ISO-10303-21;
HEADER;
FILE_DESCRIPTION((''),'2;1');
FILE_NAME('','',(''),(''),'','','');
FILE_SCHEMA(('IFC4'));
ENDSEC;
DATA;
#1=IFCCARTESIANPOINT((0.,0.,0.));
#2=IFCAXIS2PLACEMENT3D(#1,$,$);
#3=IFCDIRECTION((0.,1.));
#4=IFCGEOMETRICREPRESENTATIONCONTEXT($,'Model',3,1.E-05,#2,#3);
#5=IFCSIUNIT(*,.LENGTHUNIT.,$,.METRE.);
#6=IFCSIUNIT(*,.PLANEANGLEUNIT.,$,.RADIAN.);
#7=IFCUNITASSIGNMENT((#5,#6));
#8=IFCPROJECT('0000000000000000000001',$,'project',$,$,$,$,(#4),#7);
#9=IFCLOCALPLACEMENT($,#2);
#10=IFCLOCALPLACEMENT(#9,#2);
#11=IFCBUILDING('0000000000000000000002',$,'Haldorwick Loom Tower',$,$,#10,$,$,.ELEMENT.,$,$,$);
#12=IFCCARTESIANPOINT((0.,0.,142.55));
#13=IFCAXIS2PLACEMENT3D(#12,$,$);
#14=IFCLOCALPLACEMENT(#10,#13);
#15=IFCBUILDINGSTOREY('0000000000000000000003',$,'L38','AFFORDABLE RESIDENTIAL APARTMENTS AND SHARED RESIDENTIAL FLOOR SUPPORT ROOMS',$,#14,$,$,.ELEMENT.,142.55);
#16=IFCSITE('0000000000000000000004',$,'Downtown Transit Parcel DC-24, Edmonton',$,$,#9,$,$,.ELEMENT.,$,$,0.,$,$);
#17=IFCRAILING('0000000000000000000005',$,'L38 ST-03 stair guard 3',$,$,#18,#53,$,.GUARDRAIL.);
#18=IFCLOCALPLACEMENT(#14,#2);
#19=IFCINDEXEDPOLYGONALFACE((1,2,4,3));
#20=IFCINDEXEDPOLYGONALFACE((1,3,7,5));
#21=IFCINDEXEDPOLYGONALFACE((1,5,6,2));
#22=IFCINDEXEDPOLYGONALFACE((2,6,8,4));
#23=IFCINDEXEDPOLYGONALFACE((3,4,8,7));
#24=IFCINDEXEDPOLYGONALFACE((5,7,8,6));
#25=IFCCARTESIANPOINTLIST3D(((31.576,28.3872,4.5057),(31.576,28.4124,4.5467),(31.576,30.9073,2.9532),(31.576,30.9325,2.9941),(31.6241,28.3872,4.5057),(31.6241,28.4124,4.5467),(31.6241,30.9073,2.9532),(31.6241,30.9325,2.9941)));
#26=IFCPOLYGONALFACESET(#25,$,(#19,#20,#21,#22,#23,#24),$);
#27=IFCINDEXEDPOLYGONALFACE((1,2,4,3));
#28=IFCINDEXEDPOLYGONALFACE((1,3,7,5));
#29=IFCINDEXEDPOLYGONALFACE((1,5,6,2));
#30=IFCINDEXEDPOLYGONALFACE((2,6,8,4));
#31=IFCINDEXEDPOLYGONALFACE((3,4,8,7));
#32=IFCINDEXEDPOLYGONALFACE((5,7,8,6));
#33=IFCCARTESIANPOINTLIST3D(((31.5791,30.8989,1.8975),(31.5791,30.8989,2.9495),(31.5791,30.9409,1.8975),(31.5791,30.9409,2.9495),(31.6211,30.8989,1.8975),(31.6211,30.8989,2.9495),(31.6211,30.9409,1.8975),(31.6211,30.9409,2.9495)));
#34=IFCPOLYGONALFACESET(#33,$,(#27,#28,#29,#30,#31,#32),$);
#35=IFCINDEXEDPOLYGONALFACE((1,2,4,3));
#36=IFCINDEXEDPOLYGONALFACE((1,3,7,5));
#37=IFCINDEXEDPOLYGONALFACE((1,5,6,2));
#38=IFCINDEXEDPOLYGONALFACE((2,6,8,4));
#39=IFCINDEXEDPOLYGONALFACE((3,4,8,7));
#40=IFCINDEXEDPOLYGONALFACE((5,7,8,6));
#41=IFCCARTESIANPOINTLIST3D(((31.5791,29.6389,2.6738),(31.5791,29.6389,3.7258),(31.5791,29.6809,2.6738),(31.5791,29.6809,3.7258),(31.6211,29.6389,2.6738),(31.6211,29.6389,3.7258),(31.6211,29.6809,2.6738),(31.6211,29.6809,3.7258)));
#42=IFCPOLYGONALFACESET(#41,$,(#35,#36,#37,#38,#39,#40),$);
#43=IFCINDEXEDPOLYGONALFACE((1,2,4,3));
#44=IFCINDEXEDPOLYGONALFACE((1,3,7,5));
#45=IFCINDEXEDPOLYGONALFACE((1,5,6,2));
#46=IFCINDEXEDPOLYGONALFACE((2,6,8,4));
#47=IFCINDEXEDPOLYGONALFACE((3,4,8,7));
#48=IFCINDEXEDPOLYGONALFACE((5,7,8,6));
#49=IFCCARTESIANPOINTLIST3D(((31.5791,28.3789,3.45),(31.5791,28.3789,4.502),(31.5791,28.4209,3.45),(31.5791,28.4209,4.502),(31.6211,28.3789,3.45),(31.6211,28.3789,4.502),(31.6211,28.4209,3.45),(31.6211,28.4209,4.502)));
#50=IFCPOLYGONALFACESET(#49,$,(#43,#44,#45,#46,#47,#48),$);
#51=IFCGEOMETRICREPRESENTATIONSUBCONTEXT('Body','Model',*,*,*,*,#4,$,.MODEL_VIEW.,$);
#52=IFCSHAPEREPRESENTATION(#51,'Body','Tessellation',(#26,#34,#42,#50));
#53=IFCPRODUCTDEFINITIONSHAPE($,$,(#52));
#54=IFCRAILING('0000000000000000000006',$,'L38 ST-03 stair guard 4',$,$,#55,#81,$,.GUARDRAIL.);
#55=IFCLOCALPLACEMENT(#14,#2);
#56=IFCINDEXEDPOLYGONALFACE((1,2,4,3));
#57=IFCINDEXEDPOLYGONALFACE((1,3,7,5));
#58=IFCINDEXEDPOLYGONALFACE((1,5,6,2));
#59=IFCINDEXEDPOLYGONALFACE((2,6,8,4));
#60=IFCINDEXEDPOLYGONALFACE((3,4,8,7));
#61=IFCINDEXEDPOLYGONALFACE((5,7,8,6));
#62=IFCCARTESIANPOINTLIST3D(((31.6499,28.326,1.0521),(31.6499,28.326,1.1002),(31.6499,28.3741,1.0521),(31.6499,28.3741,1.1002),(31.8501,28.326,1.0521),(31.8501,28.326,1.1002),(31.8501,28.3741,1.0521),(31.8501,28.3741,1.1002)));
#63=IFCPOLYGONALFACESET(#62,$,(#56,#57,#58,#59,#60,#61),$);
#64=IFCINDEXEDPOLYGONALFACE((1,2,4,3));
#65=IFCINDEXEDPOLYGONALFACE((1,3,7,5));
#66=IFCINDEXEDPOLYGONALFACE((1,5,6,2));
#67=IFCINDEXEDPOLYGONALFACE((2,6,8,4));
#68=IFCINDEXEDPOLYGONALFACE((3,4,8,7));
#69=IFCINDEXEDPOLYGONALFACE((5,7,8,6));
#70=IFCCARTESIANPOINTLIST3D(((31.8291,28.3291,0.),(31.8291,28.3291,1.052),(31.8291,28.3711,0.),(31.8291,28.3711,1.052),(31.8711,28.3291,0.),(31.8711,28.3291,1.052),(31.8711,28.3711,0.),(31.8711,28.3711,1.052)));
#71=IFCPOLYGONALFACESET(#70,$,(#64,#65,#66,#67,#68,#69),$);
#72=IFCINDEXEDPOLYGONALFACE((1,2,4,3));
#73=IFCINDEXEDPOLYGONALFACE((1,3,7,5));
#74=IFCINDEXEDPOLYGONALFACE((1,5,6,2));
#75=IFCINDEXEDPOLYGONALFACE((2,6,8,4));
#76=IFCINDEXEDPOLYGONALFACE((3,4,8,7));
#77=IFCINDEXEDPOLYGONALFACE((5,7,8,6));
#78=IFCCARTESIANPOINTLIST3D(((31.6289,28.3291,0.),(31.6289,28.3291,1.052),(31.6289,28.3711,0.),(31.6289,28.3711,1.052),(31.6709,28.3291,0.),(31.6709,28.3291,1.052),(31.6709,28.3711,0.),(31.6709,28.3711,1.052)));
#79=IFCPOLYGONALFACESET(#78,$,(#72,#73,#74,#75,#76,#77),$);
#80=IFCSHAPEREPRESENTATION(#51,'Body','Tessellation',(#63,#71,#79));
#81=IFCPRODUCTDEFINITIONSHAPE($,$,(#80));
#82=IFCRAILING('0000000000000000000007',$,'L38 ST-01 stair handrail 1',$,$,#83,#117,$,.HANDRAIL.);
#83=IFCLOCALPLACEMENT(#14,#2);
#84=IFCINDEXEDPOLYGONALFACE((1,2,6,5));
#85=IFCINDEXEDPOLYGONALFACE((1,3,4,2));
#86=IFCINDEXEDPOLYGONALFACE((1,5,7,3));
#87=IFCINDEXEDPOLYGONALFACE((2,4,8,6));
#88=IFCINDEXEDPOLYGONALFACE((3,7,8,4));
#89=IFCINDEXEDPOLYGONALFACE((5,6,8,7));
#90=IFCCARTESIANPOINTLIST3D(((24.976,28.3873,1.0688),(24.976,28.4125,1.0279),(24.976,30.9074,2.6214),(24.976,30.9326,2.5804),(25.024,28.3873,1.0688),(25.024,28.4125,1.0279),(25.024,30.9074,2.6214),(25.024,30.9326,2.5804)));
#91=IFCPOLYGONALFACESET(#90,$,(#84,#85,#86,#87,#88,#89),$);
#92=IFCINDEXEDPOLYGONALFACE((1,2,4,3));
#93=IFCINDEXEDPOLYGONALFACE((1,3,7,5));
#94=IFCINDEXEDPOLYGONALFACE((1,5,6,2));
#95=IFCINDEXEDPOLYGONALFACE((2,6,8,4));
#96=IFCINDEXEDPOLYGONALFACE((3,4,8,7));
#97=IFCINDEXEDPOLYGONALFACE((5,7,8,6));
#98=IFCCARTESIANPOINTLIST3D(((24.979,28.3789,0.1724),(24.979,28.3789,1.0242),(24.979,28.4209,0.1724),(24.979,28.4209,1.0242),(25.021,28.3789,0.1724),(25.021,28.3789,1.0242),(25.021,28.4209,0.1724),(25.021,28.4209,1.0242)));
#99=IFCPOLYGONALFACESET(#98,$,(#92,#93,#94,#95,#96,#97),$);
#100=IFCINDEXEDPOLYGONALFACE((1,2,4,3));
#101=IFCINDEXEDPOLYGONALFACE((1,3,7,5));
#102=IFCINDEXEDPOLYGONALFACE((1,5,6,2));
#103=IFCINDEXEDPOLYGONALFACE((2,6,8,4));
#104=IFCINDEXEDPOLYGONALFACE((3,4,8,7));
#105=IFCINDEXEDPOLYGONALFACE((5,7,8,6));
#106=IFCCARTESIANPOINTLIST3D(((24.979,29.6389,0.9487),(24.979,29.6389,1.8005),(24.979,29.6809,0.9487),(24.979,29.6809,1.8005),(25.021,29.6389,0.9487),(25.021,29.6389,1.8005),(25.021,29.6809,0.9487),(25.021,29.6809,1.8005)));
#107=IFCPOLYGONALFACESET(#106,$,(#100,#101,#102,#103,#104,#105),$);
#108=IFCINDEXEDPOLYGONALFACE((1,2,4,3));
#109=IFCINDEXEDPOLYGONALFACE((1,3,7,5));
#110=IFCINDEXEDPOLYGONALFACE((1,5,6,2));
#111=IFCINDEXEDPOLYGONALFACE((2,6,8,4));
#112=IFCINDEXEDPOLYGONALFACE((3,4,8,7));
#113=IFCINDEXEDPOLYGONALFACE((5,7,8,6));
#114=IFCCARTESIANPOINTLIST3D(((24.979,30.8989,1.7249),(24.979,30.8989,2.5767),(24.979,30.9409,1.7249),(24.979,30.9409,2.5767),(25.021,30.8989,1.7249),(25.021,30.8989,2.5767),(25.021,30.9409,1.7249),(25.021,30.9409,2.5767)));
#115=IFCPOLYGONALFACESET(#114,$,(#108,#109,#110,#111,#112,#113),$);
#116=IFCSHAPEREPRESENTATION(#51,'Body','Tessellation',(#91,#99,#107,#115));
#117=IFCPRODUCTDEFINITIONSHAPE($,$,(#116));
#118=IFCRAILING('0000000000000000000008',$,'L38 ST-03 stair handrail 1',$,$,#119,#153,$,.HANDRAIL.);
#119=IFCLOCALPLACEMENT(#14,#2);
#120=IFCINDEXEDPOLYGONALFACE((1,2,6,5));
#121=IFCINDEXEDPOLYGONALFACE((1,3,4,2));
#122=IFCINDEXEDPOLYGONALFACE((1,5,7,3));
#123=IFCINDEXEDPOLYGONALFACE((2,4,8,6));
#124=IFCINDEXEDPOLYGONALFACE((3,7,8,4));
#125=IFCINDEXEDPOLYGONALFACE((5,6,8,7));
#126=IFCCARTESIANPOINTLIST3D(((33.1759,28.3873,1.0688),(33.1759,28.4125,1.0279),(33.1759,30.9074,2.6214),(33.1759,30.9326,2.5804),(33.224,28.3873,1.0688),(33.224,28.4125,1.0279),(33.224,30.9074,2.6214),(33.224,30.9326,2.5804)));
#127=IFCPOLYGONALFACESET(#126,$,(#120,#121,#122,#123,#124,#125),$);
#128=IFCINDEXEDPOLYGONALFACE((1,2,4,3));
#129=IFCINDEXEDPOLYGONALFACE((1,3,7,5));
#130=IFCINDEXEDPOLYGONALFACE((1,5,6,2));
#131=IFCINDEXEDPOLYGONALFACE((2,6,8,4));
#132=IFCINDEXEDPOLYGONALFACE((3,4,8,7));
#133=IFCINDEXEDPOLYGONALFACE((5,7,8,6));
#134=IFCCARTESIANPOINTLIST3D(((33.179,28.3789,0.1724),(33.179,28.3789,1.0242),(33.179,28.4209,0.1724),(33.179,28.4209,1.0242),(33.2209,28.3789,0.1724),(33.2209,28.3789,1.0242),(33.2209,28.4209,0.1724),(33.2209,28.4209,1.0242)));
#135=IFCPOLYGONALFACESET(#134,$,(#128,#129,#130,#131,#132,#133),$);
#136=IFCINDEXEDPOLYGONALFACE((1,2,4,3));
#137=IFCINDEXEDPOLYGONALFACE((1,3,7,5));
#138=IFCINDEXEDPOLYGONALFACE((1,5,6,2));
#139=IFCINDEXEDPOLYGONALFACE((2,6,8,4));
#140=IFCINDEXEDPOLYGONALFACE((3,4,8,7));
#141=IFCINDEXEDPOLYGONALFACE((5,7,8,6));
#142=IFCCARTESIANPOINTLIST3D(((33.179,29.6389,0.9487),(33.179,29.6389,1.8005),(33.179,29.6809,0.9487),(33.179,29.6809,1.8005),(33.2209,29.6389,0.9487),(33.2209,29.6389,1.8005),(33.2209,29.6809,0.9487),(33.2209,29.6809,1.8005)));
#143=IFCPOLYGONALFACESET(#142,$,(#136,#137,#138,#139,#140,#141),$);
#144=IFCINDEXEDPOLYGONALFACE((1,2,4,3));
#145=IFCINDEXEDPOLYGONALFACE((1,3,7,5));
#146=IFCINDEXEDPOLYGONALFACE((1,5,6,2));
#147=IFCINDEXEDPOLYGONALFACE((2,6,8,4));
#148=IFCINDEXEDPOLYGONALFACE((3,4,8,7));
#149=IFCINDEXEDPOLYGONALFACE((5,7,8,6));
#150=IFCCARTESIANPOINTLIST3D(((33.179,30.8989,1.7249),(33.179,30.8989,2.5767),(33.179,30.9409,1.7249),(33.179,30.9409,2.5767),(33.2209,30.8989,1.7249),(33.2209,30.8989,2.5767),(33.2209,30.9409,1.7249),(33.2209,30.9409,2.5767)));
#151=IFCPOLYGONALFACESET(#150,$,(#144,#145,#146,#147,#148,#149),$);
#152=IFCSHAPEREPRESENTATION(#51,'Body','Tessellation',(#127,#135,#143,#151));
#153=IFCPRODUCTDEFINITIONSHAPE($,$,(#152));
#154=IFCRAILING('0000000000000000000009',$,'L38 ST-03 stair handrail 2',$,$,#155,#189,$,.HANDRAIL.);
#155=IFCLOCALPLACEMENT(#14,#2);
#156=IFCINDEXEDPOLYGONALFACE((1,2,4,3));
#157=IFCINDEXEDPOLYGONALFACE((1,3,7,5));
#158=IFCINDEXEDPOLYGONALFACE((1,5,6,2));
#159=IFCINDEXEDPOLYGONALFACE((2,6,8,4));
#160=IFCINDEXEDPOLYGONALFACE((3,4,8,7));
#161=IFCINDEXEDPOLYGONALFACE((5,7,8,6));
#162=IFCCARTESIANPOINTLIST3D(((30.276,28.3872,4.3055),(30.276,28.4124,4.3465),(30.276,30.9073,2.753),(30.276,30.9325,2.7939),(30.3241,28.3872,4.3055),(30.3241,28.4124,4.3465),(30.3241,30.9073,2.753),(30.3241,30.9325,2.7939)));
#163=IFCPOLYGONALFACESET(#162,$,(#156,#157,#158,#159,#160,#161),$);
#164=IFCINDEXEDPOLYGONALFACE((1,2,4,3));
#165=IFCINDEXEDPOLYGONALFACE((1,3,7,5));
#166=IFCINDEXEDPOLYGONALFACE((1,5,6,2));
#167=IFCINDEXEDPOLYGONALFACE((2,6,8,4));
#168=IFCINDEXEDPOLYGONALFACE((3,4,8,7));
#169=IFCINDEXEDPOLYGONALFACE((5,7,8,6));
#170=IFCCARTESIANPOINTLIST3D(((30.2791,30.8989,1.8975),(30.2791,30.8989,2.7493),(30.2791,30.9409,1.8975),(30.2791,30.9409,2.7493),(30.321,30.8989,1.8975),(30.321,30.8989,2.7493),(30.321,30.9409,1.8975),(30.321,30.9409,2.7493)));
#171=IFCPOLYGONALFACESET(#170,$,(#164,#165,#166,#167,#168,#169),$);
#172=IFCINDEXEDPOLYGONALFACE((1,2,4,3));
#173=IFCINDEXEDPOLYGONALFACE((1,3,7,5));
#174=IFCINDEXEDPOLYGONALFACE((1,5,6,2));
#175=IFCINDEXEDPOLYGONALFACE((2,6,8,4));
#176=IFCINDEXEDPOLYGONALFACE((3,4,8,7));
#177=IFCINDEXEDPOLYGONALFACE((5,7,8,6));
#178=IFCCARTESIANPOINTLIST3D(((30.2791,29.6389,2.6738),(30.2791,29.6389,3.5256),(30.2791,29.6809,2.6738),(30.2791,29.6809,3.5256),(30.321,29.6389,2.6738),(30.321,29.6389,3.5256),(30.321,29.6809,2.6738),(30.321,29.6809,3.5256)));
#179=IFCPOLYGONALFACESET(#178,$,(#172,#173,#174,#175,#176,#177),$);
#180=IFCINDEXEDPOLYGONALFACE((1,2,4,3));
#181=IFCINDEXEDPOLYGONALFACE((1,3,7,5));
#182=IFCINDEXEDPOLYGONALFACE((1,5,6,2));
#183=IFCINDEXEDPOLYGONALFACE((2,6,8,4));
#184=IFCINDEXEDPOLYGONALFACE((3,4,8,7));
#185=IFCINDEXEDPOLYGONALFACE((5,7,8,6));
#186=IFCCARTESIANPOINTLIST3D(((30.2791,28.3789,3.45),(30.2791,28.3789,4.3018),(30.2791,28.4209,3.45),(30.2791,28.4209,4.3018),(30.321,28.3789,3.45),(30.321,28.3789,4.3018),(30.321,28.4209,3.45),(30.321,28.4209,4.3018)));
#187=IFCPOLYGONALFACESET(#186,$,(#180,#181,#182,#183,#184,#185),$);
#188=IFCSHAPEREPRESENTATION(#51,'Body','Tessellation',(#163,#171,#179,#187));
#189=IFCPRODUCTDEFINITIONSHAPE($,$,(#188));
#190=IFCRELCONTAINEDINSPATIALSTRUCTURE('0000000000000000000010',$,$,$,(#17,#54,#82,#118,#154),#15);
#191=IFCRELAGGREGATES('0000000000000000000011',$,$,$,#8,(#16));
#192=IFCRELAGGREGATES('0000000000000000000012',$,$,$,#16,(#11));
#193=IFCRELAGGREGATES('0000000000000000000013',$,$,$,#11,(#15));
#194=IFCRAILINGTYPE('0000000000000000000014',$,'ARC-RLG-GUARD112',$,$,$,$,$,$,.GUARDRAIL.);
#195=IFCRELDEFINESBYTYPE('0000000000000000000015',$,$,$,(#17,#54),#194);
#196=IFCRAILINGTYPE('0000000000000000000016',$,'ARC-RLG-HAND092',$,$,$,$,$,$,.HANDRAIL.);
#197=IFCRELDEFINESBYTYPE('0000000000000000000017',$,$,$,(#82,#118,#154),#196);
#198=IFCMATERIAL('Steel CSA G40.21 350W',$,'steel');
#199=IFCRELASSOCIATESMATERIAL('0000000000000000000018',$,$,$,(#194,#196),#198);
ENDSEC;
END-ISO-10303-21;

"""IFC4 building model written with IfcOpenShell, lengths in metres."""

from ifc_helpers import new_model, si_unit, direction, frame, origin, origin_2d, place, context, subcontext, project, spatial, rectangle, extrude, material, type_object, element, save


model = new_model("IFC4")

# Units and contexts
model_context = context("Model", 3, precision=1e-05, world=origin(), true_north=direction((0.0, 1.0)))
body_context = subcontext(model_context, "Body", "Model", "MODEL_VIEW")
ifc_project = project(units=[si_unit("LENGTHUNIT", "METRE"), si_unit("PLANEANGLEUNIT", "RADIAN")], contexts=[model_context])

# Site, building, storey
site_placement = place(None, origin())
site = spatial("IfcSite", under=ifc_project, at=site_placement, Name="Downtown Transit Parcel DC-24, Edmonton", CompositionType="ELEMENT", RefElevation=0.0)
building_placement = place(site_placement, origin())
building = spatial("IfcBuilding", under=site, at=building_placement, Name="Haldorwick Loom Tower", CompositionType="ELEMENT")
storey_placement = place(building_placement, frame((0.0, 0.0, 142.55)))
storey = spatial("IfcBuildingStorey", under=building, at=storey_placement, Name="L38", Description="AFFORDABLE RESIDENTIAL APARTMENTS AND SHARED RESIDENTIAL FLOOR SUPPORT ROOMS", CompositionType="ELEMENT", Elevation=142.55)

# Shared definitions
ifc_material_1 = material(Name="Steel CSA G40.21 350W", Category="steel")

# Railings
railing_type_1 = type_object("IfcRailingType", Name="ARC-RLG-GUARD112", PredefinedType="GUARDRAIL", material=ifc_material_1)
railing_1_placement = place(storey_placement, frame((31.6001, 30.9199, 1.8975)))
element("IfcRailing", 1, at=railing_1_placement, inside=storey, type_object=railing_type_1, Name="L38 ST-03 stair guard 3", PredefinedType="GUARDRAIL", context=body_context, shape_type="SweptSolid", body=[
    extrude(rectangle(XDim=0.0481, YDim=0.0481, at=origin_2d()), frame((0.0, 0.0, 1.0762), z_axis=(0.0, -0.8514, 0.524516), x_axis=(1.0, 0.0, 0.0)), (0.0, 0.0, 1.0), 2.96),
    extrude(rectangle(XDim=0.042, YDim=0.042, at=origin_2d()), origin(), (0.0, 0.0, 1.0), 1.052),
    extrude(rectangle(XDim=0.042, YDim=0.042, at=origin_2d()), frame((0.0, -1.26, 0.7764)), (0.0, 0.0, 1.0), 1.052),
    extrude(rectangle(XDim=0.042, YDim=0.042, at=origin_2d()), frame((0.0, -2.52, 1.5525)), (0.0, 0.0, 1.0), 1.052),
])
railing_2_placement = place(storey_placement, frame((31.8501, 28.3501, 0.0)))
element("IfcRailing", 2, at=railing_2_placement, inside=storey, type_object=railing_type_1, Name="L38 ST-03 stair guard 4", PredefinedType="GUARDRAIL", context=body_context, shape_type="SweptSolid", body=[
    extrude(rectangle(XDim=0.0481, YDim=0.0481, at=origin_2d()), frame((0.0, 0.0, 1.0762), z_axis=(-1.0, 0.0, 0.0), x_axis=(0.0, -1.0, 0.0)), (0.0, 0.0, 1.0), 0.2002),
    extrude(rectangle(XDim=0.042, YDim=0.042, at=origin_2d()), origin(), (0.0, 0.0, 1.0), 1.052),
    extrude(rectangle(XDim=0.042, YDim=0.042, at=origin_2d()), frame((-0.2002, 0.0, 0.0)), (0.0, 0.0, 1.0), 1.052),
])
railing_type_2 = type_object("IfcRailingType", Name="ARC-RLG-HAND092", PredefinedType="HANDRAIL", material=ifc_material_1)
for number, where, name in (
    (3, (25.0, 28.3999, 0.1724), "L38 ST-01 stair handrail 1"),
    (4, (33.2, 28.3999, 0.1724), "L38 ST-03 stair handrail 1"),
):
    element("IfcRailing", number, at=place(storey_placement, frame(where)), inside=storey, type_object=railing_type_2, Name=name, PredefinedType="HANDRAIL", context=body_context, shape_type="SweptSolid", body=[
        extrude(rectangle(XDim=0.0481, YDim=0.0481, at=origin_2d()), frame((0.0, 0.0, 0.876), z_axis=(0.0, 0.8514, 0.524516), x_axis=(-1.0, 0.0, 0.0)), (0.0, 0.0, 1.0), 2.96),
        extrude(rectangle(XDim=0.042, YDim=0.042, at=origin_2d()), origin(), (0.0, 0.0, 1.0), 0.8518),
        extrude(rectangle(XDim=0.042, YDim=0.042, at=origin_2d()), frame((0.0, 1.26, 0.7764)), (0.0, 0.0, 1.0), 0.8518),
        extrude(rectangle(XDim=0.042, YDim=0.042, at=origin_2d()), frame((0.0, 2.52, 1.5525)), (0.0, 0.0, 1.0), 0.8518),
    ])
railing_3_placement = place(storey_placement, frame((30.3, 30.9199, 1.8975)))
element("IfcRailing", 5, at=railing_3_placement, inside=storey, type_object=railing_type_2, Name="L38 ST-03 stair handrail 2", PredefinedType="HANDRAIL", context=body_context, shape_type="SweptSolid", body=[
    extrude(rectangle(XDim=0.0481, YDim=0.0481, at=origin_2d()), frame((0.0, 0.0, 0.876), z_axis=(0.0, -0.8514, 0.524516), x_axis=(1.0, 0.0, 0.0)), (0.0, 0.0, 1.0), 2.96),
    extrude(rectangle(XDim=0.042, YDim=0.042, at=origin_2d()), origin(), (0.0, 0.0, 1.0), 0.8518),
    extrude(rectangle(XDim=0.042, YDim=0.042, at=origin_2d()), frame((0.0, -1.26, 0.7764)), (0.0, 0.0, 1.0), 0.8518),
    extrude(rectangle(XDim=0.042, YDim=0.042, at=origin_2d()), frame((0.0, -2.52, 1.5525)), (0.0, 0.0, 1.0), 0.8518),
])

save(model, "model.ifc")
